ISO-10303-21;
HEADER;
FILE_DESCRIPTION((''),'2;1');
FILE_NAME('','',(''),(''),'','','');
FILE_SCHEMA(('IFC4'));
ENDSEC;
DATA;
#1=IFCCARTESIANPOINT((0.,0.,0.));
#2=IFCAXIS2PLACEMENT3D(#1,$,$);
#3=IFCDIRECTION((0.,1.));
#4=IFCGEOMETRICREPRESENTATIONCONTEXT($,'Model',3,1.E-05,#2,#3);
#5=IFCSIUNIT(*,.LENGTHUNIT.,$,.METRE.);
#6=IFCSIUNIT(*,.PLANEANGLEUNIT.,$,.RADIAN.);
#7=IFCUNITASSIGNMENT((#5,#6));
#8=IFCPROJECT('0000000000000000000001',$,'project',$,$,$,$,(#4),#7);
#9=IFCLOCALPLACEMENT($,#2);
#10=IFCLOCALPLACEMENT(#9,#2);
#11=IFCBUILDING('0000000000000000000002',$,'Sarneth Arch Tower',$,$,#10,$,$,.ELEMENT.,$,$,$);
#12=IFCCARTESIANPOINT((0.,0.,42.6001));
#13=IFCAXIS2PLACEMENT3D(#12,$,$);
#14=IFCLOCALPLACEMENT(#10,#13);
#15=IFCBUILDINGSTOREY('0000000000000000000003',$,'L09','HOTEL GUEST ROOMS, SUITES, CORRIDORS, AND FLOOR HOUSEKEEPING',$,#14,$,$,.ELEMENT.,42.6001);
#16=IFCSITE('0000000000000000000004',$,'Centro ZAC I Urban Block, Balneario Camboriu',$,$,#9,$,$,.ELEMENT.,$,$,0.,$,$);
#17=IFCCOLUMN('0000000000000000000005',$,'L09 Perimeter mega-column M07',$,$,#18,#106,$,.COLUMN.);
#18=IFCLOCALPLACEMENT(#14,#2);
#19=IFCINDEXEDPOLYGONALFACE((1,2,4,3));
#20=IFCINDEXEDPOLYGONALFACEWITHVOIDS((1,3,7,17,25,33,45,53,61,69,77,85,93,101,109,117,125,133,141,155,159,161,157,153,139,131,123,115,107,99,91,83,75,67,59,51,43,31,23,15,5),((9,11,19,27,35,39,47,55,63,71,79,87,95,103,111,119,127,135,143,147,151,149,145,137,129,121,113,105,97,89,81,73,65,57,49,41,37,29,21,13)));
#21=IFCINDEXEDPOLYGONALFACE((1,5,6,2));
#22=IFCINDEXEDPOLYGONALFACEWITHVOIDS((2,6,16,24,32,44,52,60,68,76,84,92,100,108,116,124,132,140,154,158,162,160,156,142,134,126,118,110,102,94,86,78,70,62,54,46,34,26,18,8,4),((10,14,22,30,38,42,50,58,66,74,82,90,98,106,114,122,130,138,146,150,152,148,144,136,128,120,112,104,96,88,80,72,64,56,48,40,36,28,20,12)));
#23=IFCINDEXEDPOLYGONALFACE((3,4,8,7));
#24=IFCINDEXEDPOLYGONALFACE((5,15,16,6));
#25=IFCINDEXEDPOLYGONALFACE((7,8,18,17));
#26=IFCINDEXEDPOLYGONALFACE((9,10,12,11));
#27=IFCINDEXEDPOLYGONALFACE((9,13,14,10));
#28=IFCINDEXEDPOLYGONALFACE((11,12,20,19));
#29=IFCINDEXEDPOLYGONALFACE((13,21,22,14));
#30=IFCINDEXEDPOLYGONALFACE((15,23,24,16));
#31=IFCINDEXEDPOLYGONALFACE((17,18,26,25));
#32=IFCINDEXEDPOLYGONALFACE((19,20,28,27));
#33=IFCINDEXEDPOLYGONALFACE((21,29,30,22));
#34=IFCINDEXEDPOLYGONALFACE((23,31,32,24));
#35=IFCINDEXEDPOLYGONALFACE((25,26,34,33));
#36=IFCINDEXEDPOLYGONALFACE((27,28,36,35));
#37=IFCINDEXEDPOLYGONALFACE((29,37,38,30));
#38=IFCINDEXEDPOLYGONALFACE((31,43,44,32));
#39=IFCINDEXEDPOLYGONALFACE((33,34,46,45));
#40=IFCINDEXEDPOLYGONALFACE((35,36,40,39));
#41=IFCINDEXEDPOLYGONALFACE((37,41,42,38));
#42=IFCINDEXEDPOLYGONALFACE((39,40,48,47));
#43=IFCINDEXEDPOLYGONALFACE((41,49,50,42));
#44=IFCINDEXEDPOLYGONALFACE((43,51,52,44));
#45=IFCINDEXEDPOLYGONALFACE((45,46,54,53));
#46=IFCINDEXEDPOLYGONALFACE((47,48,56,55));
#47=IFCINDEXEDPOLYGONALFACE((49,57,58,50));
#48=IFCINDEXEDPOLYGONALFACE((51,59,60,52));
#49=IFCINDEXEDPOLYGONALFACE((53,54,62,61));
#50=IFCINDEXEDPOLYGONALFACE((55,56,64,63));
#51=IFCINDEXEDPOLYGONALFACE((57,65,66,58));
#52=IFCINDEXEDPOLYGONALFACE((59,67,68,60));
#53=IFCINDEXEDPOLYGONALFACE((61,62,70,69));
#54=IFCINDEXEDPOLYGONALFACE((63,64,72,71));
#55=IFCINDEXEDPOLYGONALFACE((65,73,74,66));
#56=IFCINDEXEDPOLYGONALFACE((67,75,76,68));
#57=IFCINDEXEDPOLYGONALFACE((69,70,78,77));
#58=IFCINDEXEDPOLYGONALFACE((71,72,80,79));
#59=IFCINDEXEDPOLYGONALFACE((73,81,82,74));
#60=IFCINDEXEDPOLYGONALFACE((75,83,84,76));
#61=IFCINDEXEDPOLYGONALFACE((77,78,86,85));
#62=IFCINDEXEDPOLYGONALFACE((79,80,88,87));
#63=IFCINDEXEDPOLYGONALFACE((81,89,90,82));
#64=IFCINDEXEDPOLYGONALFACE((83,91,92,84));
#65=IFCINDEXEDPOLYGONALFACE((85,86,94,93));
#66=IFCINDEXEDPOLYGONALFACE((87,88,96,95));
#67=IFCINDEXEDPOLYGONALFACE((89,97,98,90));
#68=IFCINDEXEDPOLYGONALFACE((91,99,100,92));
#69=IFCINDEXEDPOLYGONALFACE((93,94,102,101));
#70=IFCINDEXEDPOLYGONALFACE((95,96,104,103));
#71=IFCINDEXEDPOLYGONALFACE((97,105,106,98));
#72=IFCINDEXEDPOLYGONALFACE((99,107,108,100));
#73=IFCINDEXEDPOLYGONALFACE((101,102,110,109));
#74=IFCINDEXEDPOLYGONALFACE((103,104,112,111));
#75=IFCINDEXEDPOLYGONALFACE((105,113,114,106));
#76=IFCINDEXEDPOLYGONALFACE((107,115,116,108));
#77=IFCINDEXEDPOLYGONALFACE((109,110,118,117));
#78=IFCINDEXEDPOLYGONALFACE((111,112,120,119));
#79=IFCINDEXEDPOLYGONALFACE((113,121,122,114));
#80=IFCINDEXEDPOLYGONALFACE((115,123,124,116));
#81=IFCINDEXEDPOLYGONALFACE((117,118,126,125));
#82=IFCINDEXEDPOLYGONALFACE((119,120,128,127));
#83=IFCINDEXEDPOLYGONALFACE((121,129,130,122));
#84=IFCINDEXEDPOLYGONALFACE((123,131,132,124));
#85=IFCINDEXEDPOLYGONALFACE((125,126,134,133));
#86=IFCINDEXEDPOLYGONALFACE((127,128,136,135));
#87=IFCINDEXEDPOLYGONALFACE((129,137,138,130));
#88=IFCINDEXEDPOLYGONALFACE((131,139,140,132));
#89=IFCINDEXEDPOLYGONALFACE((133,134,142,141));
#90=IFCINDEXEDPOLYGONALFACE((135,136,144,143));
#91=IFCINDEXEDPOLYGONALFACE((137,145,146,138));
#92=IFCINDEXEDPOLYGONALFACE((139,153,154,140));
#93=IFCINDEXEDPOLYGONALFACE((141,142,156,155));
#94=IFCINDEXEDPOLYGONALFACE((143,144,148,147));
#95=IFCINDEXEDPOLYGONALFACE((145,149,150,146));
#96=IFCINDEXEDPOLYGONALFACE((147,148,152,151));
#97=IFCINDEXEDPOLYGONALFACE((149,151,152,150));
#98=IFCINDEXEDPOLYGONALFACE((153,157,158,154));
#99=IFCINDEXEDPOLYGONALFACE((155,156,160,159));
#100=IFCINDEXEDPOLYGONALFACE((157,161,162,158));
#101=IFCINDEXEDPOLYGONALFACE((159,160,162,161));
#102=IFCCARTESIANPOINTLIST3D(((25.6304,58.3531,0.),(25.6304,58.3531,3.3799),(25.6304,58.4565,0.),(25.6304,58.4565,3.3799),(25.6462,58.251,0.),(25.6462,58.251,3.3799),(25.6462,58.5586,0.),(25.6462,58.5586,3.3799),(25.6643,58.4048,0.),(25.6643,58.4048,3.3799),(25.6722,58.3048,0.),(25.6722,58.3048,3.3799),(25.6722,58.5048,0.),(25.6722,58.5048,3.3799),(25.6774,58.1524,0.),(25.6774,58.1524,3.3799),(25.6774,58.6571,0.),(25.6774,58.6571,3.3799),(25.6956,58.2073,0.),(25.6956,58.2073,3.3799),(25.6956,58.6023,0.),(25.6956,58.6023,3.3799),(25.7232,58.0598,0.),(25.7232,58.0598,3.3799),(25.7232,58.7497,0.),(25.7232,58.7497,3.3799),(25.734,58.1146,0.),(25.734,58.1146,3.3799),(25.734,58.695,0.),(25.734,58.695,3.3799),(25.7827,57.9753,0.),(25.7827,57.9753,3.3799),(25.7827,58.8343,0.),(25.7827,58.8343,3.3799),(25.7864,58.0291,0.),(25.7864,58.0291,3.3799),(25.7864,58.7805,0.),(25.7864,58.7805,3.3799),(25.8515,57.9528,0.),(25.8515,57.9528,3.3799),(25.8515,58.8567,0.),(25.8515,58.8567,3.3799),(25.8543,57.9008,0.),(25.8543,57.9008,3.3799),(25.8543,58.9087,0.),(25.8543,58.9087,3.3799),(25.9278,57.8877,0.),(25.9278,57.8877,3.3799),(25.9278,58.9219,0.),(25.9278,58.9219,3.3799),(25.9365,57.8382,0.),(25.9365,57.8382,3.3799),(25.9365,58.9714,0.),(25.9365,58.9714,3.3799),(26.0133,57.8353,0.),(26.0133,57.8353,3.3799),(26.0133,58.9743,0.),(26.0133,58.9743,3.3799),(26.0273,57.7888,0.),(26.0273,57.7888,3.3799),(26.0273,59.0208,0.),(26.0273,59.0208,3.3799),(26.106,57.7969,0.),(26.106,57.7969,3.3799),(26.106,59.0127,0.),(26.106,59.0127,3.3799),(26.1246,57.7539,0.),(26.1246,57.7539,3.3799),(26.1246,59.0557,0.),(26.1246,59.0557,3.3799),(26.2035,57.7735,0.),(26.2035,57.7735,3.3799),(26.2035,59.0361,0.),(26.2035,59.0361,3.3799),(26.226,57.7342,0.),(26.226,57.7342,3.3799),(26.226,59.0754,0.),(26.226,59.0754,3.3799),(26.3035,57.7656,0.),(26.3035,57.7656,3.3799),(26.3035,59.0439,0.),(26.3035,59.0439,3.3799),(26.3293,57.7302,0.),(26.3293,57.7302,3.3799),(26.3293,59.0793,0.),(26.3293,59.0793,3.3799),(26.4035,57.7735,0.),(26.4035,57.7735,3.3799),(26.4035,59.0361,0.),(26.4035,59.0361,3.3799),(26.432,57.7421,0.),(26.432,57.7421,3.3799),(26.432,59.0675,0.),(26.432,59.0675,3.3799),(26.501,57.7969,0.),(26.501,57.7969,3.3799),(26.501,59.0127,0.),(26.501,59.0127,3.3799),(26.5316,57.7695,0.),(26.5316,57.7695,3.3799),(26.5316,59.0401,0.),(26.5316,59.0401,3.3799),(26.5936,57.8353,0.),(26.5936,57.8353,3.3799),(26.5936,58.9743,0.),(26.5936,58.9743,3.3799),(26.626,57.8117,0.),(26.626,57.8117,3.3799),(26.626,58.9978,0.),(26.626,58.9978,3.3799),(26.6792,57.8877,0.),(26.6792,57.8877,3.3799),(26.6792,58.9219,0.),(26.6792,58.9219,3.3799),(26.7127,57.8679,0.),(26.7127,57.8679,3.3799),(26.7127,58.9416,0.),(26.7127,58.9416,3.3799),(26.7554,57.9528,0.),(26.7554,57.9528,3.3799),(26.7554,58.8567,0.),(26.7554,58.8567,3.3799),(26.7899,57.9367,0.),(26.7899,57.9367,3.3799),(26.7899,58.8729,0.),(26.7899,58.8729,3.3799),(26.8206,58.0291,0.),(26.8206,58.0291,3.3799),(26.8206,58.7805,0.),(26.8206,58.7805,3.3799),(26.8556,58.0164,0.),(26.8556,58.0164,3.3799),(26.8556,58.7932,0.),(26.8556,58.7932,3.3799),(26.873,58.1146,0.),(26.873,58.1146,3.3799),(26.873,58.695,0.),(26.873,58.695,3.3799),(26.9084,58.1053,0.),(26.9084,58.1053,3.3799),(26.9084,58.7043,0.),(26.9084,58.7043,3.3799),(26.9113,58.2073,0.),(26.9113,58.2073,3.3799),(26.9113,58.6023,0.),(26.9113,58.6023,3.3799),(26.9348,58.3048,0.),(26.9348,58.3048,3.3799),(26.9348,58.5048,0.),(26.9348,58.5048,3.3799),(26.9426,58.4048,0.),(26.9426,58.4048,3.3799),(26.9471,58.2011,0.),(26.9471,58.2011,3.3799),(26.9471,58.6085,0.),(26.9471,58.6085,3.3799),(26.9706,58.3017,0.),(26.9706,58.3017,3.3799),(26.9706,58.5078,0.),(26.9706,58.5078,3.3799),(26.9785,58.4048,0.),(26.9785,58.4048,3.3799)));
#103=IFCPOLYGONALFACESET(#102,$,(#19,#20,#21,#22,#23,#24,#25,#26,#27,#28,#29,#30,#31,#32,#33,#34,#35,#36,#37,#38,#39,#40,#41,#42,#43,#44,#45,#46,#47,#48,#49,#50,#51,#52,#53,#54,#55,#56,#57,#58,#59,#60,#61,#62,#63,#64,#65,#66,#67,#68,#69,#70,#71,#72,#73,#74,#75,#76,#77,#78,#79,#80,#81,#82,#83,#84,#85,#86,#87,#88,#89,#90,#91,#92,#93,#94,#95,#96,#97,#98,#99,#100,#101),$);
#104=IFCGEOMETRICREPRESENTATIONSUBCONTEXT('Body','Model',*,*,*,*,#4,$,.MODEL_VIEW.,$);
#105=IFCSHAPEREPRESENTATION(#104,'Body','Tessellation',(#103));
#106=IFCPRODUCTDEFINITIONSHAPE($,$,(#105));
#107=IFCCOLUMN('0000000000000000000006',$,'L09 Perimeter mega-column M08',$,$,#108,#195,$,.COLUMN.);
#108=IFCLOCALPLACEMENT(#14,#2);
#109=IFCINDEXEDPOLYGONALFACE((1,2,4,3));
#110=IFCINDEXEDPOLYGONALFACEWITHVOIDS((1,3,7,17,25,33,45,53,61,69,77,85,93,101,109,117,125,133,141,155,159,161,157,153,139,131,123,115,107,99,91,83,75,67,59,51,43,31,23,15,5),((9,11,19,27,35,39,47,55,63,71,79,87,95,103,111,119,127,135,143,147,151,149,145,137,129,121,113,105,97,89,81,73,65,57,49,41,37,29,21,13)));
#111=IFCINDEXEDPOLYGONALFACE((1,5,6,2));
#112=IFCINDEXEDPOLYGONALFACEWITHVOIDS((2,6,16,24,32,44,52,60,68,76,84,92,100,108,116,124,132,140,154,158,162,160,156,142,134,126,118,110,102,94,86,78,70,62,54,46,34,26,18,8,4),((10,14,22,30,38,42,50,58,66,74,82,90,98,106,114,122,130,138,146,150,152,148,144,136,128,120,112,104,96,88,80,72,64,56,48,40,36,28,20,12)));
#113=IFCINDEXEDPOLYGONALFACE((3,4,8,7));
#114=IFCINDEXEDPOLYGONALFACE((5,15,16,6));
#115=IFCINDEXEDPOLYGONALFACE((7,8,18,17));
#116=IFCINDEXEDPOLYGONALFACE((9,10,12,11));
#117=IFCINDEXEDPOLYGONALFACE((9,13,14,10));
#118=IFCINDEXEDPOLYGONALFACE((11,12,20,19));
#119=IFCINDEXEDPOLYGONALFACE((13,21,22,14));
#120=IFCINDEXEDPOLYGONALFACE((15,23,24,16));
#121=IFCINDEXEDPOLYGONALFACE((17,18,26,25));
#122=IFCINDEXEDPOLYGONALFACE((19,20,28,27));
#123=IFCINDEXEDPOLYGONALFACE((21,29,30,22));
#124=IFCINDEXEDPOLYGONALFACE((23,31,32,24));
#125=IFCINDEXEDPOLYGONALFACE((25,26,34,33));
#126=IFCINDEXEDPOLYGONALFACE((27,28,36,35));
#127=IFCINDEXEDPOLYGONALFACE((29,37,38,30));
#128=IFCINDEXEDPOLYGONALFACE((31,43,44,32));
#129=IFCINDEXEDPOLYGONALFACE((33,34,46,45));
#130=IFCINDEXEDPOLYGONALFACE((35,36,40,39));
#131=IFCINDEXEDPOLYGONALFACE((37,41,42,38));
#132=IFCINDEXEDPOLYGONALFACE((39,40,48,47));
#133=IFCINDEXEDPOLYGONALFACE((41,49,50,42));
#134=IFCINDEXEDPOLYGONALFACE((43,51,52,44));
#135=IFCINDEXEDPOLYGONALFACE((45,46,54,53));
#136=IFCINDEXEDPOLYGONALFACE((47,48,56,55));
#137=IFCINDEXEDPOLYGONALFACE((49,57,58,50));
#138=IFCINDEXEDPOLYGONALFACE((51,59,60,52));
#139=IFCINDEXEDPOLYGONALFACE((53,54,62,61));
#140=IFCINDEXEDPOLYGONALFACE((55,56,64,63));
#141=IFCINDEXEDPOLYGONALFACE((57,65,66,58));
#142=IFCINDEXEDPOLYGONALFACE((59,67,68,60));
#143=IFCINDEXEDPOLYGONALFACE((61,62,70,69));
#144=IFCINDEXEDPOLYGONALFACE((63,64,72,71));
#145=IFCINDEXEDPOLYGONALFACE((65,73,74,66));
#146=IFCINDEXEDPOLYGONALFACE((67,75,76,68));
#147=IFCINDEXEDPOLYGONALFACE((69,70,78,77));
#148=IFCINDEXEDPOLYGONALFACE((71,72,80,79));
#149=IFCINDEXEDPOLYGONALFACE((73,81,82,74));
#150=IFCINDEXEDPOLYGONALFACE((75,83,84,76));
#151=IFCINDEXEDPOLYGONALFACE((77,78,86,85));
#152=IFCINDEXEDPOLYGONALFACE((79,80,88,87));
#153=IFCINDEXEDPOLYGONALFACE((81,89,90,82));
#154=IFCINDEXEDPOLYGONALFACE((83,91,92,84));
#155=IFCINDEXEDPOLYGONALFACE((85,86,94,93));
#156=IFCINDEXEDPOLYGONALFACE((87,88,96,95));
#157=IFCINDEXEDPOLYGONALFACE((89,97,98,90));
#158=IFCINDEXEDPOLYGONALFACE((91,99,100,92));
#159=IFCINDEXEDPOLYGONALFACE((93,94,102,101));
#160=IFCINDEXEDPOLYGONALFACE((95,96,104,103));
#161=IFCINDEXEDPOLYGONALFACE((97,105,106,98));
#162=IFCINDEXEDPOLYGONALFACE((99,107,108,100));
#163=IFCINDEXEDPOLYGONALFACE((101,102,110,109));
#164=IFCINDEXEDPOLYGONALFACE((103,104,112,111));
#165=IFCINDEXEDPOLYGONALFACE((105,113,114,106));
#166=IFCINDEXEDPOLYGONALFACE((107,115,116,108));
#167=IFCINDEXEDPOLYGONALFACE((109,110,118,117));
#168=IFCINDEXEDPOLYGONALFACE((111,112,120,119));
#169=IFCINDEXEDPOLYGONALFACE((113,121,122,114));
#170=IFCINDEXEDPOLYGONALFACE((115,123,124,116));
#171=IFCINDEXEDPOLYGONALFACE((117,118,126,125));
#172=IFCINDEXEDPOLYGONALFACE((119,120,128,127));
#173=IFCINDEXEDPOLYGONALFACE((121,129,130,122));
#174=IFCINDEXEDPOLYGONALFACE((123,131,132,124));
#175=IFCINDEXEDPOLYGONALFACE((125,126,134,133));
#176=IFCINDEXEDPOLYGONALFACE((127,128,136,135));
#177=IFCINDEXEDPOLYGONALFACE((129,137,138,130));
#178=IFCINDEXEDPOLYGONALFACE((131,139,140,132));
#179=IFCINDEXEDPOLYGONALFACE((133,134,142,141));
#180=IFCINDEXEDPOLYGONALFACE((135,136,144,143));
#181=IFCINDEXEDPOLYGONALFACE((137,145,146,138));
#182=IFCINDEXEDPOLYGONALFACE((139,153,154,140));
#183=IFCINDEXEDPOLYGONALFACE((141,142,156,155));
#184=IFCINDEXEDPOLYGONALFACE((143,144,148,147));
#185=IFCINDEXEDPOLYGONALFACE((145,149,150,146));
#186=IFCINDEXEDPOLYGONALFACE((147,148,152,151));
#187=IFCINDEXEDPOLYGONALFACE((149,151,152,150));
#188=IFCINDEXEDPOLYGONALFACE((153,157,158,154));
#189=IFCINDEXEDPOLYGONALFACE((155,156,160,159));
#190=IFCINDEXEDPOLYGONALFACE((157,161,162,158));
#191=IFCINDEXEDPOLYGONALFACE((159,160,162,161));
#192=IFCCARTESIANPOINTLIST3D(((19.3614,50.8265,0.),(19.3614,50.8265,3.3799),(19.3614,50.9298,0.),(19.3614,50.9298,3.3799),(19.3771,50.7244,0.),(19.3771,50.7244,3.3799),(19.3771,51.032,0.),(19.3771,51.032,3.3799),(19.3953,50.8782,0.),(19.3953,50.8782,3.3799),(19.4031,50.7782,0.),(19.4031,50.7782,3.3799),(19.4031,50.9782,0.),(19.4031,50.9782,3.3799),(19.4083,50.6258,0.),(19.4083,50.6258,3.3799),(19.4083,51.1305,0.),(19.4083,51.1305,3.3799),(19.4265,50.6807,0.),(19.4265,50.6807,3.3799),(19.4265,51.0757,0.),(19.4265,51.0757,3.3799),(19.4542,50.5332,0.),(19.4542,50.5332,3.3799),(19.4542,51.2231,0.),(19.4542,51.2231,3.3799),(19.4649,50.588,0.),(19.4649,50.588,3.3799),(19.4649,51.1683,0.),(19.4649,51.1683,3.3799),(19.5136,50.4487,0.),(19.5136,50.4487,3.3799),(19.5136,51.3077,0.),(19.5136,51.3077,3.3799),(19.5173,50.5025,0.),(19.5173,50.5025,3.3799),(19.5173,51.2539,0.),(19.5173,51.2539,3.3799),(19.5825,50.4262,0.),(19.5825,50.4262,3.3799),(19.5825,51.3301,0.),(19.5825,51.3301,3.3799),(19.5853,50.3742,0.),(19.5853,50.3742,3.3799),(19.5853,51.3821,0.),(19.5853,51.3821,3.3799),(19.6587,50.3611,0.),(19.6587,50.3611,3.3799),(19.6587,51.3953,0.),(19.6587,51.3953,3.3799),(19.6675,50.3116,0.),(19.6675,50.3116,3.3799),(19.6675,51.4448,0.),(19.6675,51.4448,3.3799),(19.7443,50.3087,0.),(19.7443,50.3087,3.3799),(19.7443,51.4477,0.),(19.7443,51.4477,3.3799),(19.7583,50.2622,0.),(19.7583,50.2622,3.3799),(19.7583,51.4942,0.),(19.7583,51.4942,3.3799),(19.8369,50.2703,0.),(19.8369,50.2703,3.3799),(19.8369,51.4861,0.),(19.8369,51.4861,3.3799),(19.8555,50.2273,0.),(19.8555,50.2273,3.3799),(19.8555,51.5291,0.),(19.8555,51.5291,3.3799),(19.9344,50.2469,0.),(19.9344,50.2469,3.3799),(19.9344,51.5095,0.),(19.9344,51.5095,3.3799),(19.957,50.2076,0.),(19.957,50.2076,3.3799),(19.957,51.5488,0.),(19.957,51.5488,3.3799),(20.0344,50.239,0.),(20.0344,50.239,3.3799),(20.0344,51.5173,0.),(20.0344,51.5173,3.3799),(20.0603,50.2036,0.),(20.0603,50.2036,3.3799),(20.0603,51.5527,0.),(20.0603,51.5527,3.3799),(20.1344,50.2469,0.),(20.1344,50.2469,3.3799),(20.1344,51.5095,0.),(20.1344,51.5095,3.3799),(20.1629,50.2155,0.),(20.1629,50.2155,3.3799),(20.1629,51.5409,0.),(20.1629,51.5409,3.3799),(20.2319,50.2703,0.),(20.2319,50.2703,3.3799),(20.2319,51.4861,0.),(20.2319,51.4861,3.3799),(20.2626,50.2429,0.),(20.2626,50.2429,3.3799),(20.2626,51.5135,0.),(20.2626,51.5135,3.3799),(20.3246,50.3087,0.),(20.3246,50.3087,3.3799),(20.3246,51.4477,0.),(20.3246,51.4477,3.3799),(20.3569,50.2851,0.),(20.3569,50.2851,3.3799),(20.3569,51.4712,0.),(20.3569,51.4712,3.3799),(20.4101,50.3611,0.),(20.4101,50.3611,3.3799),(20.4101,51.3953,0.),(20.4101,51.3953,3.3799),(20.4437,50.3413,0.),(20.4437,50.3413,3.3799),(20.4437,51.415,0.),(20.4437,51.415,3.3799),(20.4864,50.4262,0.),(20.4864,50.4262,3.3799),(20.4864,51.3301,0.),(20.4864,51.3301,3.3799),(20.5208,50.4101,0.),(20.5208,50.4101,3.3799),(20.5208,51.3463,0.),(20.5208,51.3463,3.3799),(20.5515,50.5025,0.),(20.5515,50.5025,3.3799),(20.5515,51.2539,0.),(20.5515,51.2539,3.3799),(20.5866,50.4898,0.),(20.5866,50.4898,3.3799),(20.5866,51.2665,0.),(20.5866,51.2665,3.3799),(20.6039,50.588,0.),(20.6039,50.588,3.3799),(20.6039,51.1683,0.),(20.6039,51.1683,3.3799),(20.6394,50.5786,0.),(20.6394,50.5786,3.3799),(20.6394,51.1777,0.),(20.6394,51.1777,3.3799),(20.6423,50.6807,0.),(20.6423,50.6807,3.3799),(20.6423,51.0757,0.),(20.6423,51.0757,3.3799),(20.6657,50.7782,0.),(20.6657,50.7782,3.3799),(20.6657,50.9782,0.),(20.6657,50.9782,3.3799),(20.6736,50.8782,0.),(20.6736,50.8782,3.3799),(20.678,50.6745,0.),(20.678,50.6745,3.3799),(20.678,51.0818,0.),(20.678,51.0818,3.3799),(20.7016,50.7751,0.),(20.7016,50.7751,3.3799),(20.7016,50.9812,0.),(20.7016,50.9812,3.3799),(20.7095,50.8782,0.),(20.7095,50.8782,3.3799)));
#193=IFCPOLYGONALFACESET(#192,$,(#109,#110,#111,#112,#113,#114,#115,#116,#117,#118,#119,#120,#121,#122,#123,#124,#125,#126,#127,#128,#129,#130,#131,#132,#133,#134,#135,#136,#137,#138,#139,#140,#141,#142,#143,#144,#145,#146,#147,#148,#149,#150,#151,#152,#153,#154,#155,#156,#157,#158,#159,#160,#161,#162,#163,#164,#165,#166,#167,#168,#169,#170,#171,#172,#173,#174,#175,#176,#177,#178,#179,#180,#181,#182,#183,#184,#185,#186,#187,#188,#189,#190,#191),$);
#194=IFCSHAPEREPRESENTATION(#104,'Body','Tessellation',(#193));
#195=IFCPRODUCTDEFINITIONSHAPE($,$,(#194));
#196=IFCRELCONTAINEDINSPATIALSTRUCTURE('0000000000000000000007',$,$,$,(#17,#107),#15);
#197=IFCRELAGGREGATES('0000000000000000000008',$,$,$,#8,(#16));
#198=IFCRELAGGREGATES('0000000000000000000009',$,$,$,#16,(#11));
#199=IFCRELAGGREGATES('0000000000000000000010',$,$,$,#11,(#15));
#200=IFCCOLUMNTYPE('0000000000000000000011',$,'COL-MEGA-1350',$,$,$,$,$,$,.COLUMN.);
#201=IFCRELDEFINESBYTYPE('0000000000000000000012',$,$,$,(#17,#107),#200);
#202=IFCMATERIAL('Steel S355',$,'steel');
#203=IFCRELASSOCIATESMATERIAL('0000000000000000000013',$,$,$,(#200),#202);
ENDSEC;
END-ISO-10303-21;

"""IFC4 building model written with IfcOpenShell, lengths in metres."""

from ifc_helpers import new_model, si_unit, direction, frame, origin, origin_2d, place, context, subcontext, project, spatial, hollow_circle, extrude, material, material_profile, profile_set, type_object, element, save


model = new_model("IFC4")

# Units and contexts
model_context = context("Model", 3, precision=1e-05, world=origin(), true_north=direction((0.0, 1.0)))
body_context = subcontext(model_context, "Body", "Model", "MODEL_VIEW")
ifc_project = project(units=[si_unit("LENGTHUNIT", "METRE"), si_unit("PLANEANGLEUNIT", "RADIAN")], contexts=[model_context])

# Site, building, storey
site_placement = place(None, origin())
site = spatial("IfcSite", under=ifc_project, at=site_placement, Name="Centro ZAC I Urban Block, Balneario Camboriu", CompositionType="ELEMENT", RefElevation=0.0)
building_placement = place(site_placement, origin())
building = spatial("IfcBuilding", under=site, at=building_placement, Name="Sarneth Arch Tower", CompositionType="ELEMENT")
storey_placement = place(building_placement, frame((0.0, 0.0, 42.6001)))
storey = spatial("IfcBuildingStorey", under=building, at=storey_placement, Name="L09", Description="HOTEL GUEST ROOMS, SUITES, CORRIDORS, AND FLOOR HOUSEKEEPING", CompositionType="ELEMENT", Elevation=42.6001)

# Columns
ifc_material_1 = material(Name="Steel S355", Category="steel")
ifc_material_profile_1 = material_profile(ifc_material_1, hollow_circle(Radius=0.675, WallThickness=0.0359, at=origin_2d()), Name="CHS1350x36")
ifc_profile_set_1 = profile_set([ifc_material_profile_1], Name="Steel S355")
column_type = type_object("IfcColumnType", Name="COL-MEGA-1350", PredefinedType="COLUMN", material=ifc_profile_set_1)
for number, where, z_axis, x_axis, name in (
    (1, (26.3035, 58.4048, 0.0), (0.0, 0.0, 1.0), (1.0, 0.0, 0.0), "L09 Perimeter mega-column M07"),
    (2, (20.0344, 50.8782, 0.0), (0.0, 0.0, 1.0), (1.0, 0.0, 0.0), "L09 Perimeter mega-column M08"),
):
    element("IfcColumn", number, at=place(storey_placement, frame(where, z_axis=z_axis, x_axis=x_axis)), inside=storey, type_object=column_type, Name=name, PredefinedType="COLUMN", context=body_context, shape_type="SweptSolid", body=[
        extrude(hollow_circle(Radius=0.675, WallThickness=0.0359, at=origin_2d()), origin(), (0.0, 0.0, 1.0), 3.3799),
    ])

save(model, "model.ifc")
